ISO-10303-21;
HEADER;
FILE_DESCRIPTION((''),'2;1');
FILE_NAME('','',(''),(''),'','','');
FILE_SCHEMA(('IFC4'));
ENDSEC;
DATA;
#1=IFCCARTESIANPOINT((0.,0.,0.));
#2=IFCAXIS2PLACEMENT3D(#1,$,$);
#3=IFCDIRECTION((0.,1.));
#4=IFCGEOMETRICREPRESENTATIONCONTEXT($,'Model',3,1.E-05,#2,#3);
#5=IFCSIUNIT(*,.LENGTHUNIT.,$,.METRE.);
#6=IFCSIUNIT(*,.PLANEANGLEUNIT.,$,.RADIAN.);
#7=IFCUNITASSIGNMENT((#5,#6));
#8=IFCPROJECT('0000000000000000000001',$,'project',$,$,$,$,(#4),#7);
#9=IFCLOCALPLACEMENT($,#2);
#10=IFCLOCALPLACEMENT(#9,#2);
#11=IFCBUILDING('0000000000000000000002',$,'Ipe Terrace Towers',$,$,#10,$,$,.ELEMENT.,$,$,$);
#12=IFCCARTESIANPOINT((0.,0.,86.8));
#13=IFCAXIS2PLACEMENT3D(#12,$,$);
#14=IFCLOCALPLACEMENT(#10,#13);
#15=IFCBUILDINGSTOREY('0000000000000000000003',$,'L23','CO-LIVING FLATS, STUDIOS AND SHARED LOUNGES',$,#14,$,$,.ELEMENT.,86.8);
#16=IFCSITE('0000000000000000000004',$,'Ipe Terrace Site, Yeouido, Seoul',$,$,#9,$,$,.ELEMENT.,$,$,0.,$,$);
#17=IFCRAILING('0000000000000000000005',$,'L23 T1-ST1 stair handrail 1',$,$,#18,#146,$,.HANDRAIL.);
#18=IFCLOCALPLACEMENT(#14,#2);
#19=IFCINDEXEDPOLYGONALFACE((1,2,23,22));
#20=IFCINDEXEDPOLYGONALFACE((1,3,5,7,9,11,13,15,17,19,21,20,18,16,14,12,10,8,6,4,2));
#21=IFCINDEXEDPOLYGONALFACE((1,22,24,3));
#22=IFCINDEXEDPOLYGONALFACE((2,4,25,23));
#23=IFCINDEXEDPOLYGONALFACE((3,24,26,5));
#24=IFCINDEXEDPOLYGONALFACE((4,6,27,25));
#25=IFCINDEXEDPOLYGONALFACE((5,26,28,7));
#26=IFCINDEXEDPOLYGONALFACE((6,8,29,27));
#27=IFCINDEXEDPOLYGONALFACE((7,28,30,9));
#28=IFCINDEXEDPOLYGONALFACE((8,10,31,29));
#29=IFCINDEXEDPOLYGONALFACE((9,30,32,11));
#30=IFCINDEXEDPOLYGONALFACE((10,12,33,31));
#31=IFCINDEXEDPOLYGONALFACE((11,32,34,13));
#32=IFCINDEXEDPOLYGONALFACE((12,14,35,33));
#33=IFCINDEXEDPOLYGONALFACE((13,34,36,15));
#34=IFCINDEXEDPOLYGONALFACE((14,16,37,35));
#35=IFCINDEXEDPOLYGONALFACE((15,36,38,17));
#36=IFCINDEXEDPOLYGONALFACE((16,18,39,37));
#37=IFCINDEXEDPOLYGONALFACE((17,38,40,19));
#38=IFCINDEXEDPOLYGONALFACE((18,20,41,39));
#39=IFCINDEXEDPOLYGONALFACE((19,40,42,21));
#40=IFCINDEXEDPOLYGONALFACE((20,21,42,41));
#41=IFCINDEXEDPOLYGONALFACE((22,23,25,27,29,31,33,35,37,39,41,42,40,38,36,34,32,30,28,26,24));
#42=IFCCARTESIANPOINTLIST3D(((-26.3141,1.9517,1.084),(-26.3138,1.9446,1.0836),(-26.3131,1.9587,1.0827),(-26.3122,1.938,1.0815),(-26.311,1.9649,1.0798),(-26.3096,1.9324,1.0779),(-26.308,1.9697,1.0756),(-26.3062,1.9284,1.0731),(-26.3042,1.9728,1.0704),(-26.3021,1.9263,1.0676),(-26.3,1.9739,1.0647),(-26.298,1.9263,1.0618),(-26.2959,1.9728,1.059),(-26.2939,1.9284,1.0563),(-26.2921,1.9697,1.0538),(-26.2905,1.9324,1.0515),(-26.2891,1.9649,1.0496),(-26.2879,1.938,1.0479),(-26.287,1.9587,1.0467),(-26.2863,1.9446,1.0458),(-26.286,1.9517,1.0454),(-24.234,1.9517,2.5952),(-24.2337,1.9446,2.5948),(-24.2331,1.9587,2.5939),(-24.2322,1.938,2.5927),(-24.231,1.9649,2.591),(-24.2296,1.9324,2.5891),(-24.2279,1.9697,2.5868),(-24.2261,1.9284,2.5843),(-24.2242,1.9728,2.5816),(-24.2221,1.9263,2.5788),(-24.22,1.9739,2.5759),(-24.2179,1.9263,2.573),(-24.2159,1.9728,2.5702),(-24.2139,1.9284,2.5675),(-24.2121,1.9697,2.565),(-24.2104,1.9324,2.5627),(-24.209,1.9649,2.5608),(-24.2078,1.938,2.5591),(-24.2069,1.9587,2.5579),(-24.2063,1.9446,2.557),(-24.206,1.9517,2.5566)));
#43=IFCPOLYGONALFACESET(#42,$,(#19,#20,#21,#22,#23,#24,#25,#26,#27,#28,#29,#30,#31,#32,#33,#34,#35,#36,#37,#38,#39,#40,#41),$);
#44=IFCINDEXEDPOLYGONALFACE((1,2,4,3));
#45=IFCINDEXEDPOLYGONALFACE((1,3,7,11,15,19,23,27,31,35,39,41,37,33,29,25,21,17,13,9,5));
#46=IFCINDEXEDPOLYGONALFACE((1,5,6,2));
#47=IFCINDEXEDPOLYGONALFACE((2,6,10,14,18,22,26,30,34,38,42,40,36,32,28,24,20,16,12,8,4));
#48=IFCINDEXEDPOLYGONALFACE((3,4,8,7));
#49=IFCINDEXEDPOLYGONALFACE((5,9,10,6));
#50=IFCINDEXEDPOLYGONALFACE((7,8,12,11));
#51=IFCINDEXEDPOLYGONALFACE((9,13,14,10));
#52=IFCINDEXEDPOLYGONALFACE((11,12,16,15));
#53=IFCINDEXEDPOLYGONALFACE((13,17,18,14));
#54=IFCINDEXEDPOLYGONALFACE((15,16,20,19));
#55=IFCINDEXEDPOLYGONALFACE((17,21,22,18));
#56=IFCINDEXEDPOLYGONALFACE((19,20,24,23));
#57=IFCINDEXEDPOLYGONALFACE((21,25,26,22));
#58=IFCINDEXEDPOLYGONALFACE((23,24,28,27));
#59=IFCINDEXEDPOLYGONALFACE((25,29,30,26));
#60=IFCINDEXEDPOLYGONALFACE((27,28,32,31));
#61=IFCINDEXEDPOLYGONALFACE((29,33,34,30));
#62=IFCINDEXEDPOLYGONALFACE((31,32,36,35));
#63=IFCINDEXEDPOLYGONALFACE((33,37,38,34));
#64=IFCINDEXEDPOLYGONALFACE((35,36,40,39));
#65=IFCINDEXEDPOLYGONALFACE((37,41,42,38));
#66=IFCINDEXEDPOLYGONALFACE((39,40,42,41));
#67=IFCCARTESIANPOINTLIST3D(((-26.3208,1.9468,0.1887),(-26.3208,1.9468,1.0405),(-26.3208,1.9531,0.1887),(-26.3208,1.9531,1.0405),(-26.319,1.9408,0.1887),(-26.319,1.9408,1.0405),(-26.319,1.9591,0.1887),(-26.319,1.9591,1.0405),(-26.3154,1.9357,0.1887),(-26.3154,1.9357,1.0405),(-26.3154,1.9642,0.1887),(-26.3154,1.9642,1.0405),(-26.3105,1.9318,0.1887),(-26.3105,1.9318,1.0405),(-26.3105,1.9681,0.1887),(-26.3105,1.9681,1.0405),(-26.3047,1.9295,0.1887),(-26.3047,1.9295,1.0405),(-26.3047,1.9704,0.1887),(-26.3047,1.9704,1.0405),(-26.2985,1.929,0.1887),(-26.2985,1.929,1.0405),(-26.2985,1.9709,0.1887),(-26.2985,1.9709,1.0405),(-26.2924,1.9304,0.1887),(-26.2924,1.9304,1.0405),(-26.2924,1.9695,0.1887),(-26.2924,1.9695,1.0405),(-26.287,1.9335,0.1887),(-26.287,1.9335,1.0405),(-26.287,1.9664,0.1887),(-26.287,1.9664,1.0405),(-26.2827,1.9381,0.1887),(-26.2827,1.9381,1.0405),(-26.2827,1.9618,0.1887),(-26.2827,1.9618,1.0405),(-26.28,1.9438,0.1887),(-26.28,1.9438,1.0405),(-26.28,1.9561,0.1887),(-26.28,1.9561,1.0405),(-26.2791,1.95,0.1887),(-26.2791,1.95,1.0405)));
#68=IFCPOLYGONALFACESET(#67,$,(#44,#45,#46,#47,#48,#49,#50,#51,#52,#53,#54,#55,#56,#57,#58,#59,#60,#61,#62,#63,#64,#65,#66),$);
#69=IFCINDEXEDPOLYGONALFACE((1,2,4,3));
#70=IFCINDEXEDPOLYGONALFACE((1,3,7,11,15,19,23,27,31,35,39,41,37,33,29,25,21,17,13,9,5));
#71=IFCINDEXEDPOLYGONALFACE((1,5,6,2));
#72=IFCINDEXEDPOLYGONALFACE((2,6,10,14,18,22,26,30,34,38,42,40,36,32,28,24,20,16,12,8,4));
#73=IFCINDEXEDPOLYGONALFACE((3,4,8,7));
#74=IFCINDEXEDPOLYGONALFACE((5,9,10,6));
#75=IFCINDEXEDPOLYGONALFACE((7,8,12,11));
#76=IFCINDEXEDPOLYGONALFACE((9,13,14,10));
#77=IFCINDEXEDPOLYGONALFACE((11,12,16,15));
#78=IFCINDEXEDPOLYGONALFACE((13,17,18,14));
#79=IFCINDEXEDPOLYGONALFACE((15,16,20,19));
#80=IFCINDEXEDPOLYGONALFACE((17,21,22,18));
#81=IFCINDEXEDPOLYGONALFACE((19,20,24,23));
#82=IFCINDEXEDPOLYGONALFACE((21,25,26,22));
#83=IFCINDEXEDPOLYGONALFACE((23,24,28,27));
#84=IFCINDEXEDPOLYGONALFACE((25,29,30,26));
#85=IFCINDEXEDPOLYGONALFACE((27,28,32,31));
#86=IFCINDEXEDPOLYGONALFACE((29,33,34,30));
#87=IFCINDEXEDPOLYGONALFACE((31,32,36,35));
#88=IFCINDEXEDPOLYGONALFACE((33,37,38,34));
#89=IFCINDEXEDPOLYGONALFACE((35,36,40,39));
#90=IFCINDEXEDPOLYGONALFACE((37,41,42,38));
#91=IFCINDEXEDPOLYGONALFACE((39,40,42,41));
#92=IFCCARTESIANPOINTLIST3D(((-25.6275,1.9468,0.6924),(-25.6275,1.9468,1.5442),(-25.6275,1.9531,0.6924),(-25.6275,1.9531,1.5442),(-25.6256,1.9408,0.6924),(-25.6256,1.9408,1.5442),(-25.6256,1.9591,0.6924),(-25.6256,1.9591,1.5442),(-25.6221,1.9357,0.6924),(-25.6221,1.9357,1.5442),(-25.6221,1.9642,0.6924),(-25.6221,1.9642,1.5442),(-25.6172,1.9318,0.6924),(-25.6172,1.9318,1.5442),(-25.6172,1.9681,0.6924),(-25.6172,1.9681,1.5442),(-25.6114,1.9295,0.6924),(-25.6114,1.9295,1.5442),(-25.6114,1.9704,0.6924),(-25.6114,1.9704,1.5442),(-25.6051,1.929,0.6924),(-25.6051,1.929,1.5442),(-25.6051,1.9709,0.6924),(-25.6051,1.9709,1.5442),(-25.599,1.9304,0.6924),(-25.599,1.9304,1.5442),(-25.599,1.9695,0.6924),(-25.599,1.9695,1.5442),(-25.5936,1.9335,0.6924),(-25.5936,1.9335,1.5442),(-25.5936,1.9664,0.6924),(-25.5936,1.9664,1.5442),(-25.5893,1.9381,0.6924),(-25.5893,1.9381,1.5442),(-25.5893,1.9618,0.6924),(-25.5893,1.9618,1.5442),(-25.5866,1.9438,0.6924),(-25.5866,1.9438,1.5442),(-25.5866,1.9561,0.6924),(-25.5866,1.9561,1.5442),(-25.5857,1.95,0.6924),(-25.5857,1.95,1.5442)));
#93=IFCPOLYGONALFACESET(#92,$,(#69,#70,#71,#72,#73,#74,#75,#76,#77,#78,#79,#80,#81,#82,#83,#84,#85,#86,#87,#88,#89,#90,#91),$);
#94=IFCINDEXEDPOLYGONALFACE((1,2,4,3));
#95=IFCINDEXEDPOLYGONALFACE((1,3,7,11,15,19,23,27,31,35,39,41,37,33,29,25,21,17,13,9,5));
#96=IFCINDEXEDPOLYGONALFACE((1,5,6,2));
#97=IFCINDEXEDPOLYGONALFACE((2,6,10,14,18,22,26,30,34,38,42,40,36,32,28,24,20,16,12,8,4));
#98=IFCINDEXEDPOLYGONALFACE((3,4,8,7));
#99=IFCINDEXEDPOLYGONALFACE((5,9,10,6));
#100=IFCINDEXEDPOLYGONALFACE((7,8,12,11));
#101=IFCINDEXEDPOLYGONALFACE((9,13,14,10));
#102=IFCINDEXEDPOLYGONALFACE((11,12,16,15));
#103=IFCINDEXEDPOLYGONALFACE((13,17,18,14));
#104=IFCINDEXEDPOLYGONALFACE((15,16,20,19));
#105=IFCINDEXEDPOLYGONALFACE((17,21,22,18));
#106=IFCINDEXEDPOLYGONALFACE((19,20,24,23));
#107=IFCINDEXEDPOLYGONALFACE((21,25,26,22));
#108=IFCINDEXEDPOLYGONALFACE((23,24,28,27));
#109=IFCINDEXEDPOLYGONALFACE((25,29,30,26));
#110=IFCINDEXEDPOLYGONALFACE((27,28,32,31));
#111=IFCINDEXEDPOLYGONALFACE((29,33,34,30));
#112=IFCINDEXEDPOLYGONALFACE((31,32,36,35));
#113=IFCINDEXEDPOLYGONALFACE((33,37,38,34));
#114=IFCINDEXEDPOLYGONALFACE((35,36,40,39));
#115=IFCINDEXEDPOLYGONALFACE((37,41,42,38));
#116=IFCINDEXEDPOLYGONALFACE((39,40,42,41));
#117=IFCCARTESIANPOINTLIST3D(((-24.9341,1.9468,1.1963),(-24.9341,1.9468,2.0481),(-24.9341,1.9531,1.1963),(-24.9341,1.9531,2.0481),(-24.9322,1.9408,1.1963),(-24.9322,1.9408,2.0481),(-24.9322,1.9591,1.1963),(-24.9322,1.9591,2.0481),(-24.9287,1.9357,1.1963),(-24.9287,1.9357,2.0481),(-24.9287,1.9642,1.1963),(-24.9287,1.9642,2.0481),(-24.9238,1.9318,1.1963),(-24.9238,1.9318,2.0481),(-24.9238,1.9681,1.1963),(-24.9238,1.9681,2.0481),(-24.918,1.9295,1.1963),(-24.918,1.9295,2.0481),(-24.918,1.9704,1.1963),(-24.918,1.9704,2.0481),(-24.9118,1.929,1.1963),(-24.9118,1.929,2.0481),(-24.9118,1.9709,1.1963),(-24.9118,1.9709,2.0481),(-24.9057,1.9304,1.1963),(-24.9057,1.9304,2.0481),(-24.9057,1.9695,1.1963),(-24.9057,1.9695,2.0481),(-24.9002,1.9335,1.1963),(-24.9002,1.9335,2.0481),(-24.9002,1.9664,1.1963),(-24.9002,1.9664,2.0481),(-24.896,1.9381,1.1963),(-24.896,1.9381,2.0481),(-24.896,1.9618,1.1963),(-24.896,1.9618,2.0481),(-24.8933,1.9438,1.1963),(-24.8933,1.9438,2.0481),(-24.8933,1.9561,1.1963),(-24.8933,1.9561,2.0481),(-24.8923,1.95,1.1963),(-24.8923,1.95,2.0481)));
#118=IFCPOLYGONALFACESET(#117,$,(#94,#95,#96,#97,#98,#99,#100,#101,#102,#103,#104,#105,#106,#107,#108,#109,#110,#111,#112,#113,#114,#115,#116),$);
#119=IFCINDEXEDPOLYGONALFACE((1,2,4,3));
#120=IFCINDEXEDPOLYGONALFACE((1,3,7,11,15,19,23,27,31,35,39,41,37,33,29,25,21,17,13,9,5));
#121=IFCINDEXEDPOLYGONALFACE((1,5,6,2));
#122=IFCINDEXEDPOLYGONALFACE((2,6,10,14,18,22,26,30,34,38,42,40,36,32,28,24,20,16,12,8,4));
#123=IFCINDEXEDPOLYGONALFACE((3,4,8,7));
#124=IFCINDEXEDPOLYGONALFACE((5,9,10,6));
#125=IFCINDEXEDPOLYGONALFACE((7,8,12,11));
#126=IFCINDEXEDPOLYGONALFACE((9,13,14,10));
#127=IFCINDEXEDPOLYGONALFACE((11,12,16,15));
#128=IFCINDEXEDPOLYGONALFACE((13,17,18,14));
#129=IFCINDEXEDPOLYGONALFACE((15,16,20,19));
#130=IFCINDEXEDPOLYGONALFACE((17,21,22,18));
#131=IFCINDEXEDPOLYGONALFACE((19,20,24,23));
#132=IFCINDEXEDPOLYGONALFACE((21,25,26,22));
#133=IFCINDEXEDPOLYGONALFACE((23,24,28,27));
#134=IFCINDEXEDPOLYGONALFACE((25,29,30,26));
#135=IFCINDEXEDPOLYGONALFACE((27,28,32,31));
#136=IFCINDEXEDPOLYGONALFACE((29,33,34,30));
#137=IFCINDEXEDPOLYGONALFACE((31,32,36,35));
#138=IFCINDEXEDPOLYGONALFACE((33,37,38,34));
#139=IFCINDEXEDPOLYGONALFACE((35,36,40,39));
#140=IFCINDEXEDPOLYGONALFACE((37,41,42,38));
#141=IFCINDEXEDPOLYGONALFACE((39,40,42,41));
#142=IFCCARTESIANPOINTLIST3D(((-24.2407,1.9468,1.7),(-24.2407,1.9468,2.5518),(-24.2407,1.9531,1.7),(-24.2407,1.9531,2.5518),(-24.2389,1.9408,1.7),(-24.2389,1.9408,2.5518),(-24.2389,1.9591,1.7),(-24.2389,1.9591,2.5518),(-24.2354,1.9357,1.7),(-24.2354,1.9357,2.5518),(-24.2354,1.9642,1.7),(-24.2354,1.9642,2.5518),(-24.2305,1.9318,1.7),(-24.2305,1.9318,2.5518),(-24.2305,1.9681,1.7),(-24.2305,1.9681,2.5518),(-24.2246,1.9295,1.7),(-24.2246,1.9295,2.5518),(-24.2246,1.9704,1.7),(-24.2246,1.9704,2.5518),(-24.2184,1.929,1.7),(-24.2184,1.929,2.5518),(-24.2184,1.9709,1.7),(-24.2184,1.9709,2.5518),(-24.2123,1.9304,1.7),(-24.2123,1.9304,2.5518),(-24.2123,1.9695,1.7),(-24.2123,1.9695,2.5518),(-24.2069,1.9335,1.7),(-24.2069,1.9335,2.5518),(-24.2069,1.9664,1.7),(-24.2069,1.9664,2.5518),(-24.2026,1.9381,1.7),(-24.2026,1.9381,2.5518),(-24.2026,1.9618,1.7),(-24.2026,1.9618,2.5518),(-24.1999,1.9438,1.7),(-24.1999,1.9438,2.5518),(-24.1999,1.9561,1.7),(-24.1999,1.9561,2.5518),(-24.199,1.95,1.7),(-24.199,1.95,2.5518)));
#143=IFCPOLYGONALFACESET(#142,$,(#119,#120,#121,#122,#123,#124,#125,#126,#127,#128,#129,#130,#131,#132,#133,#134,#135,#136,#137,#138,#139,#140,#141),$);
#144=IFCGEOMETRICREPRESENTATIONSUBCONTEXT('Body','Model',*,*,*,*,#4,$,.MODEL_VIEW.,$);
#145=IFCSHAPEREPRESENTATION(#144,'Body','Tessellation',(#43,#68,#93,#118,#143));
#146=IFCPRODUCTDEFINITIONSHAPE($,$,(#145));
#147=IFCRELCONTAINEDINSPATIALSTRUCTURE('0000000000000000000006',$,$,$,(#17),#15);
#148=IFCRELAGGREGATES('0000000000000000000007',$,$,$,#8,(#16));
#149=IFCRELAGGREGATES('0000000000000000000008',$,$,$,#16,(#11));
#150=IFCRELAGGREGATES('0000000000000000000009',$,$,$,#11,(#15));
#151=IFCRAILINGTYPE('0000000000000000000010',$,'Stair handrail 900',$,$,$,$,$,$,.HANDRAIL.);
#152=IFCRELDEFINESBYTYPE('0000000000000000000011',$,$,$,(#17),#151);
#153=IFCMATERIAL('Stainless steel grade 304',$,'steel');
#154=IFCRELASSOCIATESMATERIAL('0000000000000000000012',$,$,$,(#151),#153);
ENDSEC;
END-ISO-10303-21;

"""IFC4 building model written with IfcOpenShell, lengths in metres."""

from ifc_helpers import new_model, si_unit, direction, frame, origin, origin_2d, place, context, subcontext, project, spatial, circle, extrude, material, type_object, element, save


model = new_model("IFC4")

# Units and contexts
model_context = context("Model", 3, precision=1e-05, world=origin(), true_north=direction((0.0, 1.0)))
body_context = subcontext(model_context, "Body", "Model", "MODEL_VIEW")
ifc_project = project(units=[si_unit("LENGTHUNIT", "METRE"), si_unit("PLANEANGLEUNIT", "RADIAN")], contexts=[model_context])

# Site, building, storey
site_placement = place(None, origin())
site = spatial("IfcSite", under=ifc_project, at=site_placement, Name="Ipe Terrace Site, Yeouido, Seoul", CompositionType="ELEMENT", RefElevation=0.0)
building_placement = place(site_placement, origin())
building = spatial("IfcBuilding", under=site, at=building_placement, Name="Ipe Terrace Towers", CompositionType="ELEMENT")
storey_placement = place(building_placement, frame((0.0, 0.0, 86.8)))
storey = spatial("IfcBuildingStorey", under=building, at=storey_placement, Name="L23", Description="CO-LIVING FLATS, STUDIOS AND SHARED LOUNGES", CompositionType="ELEMENT", Elevation=86.8)

# Railing
ifc_material_1 = material(Name="Stainless steel grade 304", Category="steel")
railing_type = type_object("IfcRailingType", Name="Stair handrail 900", PredefinedType="HANDRAIL", material=ifc_material_1)
railing_1_placement = place(storey_placement, frame((-26.3, 1.95, 0.1887)))
element("IfcRailing", 1, at=railing_1_placement, inside=storey, type_object=railing_type, Name="L23 T1-ST1 stair handrail 1", PredefinedType="HANDRAIL", context=body_context, shape_type="SweptSolid", body=[
    extrude(circle(Radius=0.0239, at=origin_2d()), frame((0.0, 0.0, 0.876), z_axis=(0.809023, 0.0, 0.587776), x_axis=(0.0, 1.0, 0.0)), (0.0, 0.0, 1.0), 2.571),
    extrude(circle(Radius=0.021, at=origin_2d()), origin(), (0.0, 0.0, 1.0), 0.8518),
    extrude(circle(Radius=0.021, at=origin_2d()), frame((0.6934, 0.0, 0.5037)), (0.0, 0.0, 1.0), 0.8518),
    extrude(circle(Radius=0.021, at=origin_2d()), frame((1.3867, 0.0, 1.0076)), (0.0, 0.0, 1.0), 0.8518),
    extrude(circle(Radius=0.021, at=origin_2d()), frame((2.0801, 0.0, 1.5112)), (0.0, 0.0, 1.0), 0.8518),
])

save(model, "model.ifc")
